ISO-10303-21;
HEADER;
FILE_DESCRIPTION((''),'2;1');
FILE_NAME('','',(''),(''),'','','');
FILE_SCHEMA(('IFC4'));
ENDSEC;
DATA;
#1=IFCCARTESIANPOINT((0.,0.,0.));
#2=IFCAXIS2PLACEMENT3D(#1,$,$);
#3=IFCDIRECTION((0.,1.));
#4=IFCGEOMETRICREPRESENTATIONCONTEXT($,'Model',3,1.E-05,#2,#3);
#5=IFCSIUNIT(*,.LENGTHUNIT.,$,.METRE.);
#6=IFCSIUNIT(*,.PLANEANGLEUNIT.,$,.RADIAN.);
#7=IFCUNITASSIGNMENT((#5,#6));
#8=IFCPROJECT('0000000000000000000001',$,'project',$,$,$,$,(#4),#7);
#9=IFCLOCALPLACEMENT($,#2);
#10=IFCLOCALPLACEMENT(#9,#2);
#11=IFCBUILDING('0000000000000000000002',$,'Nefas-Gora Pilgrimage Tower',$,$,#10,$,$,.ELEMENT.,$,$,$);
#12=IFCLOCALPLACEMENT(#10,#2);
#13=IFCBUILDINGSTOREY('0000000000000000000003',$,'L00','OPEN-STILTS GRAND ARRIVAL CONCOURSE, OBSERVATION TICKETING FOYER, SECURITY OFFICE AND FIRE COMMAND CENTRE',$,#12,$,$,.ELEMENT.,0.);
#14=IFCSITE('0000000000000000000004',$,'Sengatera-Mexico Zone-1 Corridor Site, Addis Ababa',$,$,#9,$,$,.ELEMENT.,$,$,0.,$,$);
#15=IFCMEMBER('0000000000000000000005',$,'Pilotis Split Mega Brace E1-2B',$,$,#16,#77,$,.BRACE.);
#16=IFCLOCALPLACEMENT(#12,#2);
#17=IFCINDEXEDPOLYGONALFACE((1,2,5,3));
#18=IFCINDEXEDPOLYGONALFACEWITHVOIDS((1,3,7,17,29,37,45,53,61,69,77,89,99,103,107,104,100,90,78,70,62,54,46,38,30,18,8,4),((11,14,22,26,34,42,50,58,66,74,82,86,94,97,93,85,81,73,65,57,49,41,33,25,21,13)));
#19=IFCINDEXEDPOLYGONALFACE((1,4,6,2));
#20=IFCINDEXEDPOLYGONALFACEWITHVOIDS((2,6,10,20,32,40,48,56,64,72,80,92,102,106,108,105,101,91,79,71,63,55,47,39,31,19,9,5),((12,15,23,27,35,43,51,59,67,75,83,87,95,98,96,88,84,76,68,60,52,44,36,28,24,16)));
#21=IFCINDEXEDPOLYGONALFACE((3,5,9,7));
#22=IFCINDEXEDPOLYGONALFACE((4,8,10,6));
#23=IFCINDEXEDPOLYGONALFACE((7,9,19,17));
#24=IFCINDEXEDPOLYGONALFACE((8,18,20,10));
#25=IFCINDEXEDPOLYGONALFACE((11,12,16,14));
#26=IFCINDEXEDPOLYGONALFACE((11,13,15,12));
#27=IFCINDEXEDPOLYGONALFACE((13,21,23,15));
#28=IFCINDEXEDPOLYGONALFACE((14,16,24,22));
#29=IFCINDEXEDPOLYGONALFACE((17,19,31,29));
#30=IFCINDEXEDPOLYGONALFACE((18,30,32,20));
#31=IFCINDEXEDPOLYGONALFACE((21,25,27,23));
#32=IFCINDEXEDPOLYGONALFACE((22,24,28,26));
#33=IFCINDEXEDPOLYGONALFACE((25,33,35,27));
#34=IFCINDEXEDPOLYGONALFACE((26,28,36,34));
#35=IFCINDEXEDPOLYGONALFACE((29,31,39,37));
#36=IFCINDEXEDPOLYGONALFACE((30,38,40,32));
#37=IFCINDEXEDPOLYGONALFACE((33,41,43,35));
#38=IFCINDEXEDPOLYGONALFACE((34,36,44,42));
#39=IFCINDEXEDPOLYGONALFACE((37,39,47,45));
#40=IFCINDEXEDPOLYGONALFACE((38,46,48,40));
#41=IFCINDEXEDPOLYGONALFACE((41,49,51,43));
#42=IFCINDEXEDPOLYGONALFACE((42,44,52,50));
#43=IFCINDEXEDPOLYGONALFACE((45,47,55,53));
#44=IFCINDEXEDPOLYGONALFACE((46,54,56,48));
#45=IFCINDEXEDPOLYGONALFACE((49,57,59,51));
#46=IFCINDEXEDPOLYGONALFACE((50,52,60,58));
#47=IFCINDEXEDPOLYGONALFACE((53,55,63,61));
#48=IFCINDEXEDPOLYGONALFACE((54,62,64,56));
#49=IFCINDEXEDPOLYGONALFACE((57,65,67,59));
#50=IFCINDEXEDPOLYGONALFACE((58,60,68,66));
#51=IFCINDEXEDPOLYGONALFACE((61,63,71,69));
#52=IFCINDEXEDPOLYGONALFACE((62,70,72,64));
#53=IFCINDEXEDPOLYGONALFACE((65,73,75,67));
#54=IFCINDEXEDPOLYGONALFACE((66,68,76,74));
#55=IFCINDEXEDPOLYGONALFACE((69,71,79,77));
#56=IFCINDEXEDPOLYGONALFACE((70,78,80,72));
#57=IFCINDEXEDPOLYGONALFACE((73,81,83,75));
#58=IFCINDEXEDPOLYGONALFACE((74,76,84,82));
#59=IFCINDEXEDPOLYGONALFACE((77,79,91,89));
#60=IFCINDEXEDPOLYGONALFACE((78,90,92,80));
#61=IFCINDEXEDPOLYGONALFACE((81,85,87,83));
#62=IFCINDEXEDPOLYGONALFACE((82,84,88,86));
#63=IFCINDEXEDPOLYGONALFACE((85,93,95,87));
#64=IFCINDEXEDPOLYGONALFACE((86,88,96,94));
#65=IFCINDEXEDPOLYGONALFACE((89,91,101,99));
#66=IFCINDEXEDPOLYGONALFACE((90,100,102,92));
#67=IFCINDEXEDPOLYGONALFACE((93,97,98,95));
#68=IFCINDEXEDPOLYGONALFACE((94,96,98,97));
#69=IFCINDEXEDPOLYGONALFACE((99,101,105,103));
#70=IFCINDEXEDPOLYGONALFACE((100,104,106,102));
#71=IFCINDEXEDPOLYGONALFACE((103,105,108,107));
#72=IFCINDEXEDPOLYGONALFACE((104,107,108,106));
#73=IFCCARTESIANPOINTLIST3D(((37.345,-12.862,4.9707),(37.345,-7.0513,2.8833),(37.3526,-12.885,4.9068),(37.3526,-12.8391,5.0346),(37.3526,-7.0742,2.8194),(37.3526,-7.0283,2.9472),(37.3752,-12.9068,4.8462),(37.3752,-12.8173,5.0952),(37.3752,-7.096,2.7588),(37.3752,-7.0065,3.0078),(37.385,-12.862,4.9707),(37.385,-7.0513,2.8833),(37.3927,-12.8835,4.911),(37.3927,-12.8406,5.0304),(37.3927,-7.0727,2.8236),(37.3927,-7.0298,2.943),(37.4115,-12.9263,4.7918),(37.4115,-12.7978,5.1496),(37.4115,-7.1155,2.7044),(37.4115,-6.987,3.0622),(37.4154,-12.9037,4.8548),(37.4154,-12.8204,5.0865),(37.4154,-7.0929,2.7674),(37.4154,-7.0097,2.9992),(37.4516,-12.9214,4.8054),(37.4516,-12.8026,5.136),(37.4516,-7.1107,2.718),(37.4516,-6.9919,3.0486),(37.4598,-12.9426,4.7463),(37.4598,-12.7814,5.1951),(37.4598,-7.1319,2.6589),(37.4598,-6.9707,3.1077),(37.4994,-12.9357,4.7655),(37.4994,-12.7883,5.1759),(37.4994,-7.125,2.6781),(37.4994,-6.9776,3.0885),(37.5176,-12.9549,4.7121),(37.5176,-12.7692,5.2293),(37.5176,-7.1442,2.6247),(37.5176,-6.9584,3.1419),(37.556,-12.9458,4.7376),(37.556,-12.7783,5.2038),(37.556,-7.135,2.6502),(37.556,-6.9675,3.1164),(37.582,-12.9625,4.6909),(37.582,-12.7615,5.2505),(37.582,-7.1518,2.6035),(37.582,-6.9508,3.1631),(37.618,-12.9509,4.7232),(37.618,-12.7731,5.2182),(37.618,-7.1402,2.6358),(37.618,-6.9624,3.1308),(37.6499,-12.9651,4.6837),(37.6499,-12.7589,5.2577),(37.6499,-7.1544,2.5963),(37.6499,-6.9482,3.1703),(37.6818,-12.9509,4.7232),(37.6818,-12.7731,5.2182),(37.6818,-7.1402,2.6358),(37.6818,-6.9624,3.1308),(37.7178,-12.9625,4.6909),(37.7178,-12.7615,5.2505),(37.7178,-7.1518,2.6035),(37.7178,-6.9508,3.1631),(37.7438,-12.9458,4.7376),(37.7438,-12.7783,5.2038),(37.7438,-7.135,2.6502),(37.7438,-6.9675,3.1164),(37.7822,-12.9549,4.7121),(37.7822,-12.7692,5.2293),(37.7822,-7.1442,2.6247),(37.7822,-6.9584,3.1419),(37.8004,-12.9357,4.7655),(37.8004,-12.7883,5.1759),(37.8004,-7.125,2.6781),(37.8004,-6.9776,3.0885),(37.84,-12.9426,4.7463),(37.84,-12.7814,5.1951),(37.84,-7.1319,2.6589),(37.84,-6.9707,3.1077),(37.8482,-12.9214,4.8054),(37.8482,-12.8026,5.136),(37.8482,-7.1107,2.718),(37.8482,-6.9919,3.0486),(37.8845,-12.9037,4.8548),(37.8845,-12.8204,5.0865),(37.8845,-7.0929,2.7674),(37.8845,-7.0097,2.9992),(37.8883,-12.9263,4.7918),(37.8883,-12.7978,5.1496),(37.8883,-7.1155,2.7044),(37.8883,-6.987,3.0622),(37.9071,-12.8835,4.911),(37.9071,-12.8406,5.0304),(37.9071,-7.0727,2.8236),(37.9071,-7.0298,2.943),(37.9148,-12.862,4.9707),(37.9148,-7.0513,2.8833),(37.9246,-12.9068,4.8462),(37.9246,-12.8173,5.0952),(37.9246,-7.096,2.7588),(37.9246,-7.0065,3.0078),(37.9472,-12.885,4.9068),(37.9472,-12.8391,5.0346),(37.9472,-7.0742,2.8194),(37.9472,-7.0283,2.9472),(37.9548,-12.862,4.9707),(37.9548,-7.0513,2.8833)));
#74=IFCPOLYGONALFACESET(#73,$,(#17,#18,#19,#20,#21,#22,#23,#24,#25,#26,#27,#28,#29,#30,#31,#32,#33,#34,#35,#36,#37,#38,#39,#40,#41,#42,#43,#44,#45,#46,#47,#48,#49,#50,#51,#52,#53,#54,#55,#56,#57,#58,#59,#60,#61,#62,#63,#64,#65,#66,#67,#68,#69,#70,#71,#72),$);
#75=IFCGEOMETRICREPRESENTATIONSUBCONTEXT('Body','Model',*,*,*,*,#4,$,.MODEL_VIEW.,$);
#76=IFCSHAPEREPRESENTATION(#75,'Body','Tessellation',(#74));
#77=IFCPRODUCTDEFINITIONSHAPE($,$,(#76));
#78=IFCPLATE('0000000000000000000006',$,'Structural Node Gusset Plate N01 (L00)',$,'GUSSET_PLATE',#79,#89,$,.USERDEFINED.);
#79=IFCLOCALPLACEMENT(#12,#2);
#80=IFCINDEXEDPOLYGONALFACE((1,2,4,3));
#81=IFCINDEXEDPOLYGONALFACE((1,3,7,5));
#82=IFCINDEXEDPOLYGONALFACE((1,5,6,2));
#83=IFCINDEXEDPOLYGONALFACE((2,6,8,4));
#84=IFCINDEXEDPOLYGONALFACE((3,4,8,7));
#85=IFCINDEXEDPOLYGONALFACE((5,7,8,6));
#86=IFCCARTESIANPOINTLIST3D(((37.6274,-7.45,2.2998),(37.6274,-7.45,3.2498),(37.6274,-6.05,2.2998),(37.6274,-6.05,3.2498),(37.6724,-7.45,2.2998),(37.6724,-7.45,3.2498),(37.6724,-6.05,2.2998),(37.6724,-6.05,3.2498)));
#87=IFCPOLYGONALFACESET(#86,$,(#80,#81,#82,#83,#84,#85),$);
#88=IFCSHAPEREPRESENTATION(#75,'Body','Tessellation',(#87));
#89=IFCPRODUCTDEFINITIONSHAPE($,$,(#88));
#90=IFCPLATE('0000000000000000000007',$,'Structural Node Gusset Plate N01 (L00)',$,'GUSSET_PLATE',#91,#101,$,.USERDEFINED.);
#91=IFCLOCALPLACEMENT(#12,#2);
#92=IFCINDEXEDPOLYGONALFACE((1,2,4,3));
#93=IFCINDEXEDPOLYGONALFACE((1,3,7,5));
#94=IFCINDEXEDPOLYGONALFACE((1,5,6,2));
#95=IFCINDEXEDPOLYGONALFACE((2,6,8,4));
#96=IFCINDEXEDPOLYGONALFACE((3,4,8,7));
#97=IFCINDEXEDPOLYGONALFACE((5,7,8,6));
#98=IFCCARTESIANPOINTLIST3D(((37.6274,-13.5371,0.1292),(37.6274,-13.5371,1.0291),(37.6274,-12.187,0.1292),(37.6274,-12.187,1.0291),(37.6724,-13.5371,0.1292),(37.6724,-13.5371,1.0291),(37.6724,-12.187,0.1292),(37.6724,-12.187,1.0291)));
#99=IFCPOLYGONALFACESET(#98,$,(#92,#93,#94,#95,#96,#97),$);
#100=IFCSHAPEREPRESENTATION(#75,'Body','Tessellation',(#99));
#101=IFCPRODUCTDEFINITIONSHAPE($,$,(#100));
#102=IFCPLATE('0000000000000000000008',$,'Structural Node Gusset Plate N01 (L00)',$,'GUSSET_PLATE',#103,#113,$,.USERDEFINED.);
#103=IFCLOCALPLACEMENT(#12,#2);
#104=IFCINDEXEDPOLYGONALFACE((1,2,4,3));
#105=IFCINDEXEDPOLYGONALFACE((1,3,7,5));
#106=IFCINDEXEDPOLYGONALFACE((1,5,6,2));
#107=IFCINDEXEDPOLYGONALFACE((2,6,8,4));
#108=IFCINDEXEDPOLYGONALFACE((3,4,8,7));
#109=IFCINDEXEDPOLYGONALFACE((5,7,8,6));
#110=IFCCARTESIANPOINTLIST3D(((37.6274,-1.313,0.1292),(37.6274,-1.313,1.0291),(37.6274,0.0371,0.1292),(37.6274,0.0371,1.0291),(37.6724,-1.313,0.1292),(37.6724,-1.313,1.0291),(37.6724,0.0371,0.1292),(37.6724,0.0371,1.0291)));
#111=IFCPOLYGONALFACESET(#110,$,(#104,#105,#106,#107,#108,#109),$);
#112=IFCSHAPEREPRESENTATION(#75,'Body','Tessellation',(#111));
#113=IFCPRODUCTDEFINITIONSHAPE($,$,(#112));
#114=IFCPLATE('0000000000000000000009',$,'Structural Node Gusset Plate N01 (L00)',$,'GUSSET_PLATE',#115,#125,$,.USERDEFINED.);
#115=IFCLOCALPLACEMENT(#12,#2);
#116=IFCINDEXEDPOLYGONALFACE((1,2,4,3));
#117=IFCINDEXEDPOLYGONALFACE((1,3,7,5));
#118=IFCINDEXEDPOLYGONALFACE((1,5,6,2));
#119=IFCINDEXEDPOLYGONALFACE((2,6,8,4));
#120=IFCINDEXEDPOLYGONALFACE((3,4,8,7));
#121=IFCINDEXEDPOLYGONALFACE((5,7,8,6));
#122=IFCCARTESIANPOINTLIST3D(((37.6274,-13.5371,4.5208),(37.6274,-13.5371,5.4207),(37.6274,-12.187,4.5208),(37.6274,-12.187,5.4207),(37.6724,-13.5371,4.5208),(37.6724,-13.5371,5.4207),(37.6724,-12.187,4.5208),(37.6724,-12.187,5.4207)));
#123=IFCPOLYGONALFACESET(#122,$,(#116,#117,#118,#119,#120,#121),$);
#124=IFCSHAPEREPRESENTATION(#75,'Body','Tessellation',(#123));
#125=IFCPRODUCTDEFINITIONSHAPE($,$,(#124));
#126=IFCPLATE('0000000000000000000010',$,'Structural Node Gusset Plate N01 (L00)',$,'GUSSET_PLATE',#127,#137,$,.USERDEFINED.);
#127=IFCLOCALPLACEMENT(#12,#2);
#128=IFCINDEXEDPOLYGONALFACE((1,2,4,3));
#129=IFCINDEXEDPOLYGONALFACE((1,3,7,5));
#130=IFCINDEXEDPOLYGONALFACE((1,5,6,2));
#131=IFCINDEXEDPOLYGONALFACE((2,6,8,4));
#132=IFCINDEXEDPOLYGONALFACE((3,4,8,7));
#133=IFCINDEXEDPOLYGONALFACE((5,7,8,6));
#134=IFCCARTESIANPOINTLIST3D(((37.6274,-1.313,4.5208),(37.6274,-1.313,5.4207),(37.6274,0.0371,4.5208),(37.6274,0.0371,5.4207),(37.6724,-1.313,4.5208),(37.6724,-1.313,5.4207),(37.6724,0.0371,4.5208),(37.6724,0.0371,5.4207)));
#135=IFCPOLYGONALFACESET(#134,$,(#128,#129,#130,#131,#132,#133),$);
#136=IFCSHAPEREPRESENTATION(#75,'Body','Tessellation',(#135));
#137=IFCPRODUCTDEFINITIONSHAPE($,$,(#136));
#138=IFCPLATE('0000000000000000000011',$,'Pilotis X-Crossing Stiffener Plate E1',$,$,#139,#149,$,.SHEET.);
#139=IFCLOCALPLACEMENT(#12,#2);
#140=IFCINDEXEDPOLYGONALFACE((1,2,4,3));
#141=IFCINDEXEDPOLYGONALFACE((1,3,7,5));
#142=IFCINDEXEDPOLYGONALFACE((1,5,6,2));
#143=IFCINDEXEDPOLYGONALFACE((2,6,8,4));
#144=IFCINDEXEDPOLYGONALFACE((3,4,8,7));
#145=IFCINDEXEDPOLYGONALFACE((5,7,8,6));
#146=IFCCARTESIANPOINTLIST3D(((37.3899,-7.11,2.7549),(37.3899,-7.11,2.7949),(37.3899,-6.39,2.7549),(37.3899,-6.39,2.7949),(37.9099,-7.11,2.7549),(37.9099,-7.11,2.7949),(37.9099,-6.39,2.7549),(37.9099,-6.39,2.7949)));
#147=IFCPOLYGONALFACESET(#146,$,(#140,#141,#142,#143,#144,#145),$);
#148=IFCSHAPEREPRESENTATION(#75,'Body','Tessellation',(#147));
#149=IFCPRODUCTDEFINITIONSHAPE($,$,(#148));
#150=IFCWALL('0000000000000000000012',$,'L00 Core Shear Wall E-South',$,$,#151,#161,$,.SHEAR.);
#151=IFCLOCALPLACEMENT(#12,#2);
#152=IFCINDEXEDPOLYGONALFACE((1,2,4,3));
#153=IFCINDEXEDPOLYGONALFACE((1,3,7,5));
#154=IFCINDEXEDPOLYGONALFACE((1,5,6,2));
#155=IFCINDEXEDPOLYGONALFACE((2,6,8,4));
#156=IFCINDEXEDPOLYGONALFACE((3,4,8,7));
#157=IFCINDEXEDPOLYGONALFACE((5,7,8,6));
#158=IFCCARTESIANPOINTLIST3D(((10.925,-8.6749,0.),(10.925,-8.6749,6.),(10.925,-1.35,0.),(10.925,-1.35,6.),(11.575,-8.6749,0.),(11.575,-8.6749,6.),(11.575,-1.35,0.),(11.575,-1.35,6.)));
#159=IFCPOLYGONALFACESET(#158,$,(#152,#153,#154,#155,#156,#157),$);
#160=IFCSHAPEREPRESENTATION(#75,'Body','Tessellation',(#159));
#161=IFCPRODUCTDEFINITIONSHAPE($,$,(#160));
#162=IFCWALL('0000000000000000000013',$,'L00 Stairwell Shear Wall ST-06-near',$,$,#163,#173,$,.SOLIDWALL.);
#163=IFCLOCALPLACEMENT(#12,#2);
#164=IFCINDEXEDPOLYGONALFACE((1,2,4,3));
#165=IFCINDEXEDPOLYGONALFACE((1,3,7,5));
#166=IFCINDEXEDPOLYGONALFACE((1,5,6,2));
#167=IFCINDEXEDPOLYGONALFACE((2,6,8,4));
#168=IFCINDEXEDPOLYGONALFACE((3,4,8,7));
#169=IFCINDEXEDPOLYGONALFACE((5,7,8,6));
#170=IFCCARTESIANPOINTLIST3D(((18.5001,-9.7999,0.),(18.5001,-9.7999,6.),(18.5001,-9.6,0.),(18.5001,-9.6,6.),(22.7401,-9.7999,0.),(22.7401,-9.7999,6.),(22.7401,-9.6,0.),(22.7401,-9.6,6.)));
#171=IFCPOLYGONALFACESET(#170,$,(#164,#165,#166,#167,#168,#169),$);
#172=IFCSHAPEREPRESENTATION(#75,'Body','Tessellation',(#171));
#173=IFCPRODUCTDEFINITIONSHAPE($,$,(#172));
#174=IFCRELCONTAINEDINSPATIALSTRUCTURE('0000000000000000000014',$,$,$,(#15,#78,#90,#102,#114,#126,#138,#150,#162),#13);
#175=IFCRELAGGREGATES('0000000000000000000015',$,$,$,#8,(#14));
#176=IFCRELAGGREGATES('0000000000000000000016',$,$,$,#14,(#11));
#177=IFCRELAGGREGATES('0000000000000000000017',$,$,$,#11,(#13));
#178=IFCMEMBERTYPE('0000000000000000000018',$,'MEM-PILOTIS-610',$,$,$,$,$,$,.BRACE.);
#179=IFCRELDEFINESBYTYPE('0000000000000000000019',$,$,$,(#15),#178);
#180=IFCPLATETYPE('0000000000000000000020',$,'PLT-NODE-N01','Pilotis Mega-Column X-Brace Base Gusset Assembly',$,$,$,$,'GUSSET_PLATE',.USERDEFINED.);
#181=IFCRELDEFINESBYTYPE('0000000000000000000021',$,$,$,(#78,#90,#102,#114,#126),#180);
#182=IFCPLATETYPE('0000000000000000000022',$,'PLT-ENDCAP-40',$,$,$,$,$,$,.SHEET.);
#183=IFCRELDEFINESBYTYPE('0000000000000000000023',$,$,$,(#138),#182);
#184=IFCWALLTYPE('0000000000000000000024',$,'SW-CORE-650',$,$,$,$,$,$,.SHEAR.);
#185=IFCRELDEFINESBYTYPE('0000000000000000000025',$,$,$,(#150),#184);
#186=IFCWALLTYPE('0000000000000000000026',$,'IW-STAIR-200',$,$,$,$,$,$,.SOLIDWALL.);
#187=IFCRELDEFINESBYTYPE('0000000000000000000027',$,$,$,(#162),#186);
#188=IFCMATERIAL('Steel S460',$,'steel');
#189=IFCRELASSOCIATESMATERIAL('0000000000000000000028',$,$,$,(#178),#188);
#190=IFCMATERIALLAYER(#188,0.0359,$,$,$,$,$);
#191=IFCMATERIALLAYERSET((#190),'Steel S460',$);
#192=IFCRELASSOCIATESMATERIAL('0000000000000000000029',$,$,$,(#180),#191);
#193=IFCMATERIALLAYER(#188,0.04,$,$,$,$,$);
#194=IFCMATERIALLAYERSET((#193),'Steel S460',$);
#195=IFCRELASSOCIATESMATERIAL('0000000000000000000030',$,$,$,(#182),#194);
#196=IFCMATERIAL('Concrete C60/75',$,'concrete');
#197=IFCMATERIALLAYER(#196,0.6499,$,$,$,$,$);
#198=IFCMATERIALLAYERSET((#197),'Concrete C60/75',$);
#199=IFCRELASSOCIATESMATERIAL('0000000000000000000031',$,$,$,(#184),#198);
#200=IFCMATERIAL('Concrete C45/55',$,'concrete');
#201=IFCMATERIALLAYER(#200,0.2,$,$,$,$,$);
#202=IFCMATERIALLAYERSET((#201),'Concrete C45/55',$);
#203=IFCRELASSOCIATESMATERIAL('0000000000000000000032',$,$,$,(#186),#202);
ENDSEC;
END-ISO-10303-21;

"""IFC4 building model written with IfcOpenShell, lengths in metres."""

from ifc_helpers import new_model, si_unit, direction, frame, frame_2d, origin, origin_2d, place, context, subcontext, project, spatial, rectangle, hollow_circle, extrude, source, transform, mapped, material, layer, layer_set, material_profile, profile_set, type_object, element, save


model = new_model("IFC4")

# Units and contexts
model_context = context("Model", 3, precision=1e-05, world=origin(), true_north=direction((0.0, 1.0)))
body_context = subcontext(model_context, "Body", "Model", "MODEL_VIEW")
ifc_project = project(units=[si_unit("LENGTHUNIT", "METRE"), si_unit("PLANEANGLEUNIT", "RADIAN")], contexts=[model_context])

# Site, building, storey
site_placement = place(None, origin())
site = spatial("IfcSite", under=ifc_project, at=site_placement, Name="Sengatera-Mexico Zone-1 Corridor Site, Addis Ababa", CompositionType="ELEMENT", RefElevation=0.0)
building_placement = place(site_placement, origin())
building = spatial("IfcBuilding", under=site, at=building_placement, Name="Nefas-Gora Pilgrimage Tower", CompositionType="ELEMENT")
storey_placement = place(building_placement, origin())
storey = spatial("IfcBuildingStorey", under=building, at=storey_placement, Name="L00", Description="OPEN-STILTS GRAND ARRIVAL CONCOURSE, OBSERVATION TICKETING FOYER, SECURITY OFFICE AND FIRE COMMAND CENTRE", CompositionType="ELEMENT", Elevation=0.0)

# Shared definitions
ifc_material_1 = material(Name="Steel S460", Category="steel")

# Shared definitions
ifc_material_2 = material(Name="Concrete C60/75", Category="concrete")

# Member
ifc_material_profile_1 = material_profile(ifc_material_1, hollow_circle(Radius=0.3049, WallThickness=0.04, at=origin_2d()), Name="CHS 610x40")
ifc_profile_set_1 = profile_set([ifc_material_profile_1], Name="Steel S460")
member_type = type_object("IfcMemberType", Name="MEM-PILOTIS-610", PredefinedType="BRACE", material=ifc_profile_set_1)
shared_shape_1 = source(origin(), body_context, "Body", "SweptSolid", [
    extrude(hollow_circle(Radius=0.3049, WallThickness=0.04, at=origin_2d()), origin(), (0.0, 0.0, 1.0), 6.1743),
])
for number, where, z_axis, x_axis, name in (
    (1, (37.6499, -7.0513, 2.8833), (0.0, -0.941119, 0.338077), (1.0, 0.0, 0.0), "Pilotis Split Mega Brace E1-2B"),
):
    element("IfcMember", number, at=place(storey_placement, frame(where, z_axis=z_axis, x_axis=x_axis)), inside=storey, type_object=member_type, Name=name, PredefinedType="BRACE", context=body_context, shape_type="MappedRepresentation", body=[
        mapped(shared_shape_1, transform((0.0, 0.0, 0.0), x_axis=(1.0, 0.0, 0.0), y_axis=(0.0, 1.0, 0.0), z_axis=(0.0, 0.0, 1.0), scale=1.0)),
    ])

# Plates
ifc_layer_1 = layer(ifc_material_1, 0.0359)
ifc_layer_set_1 = layer_set([ifc_layer_1], Name="Steel S460")
plate_type_1 = type_object("IfcPlateType", Name="PLT-NODE-N01", Description="Pilotis Mega-Column X-Brace Base Gusset Assembly", ElementType="GUSSET_PLATE", PredefinedType="USERDEFINED", material=ifc_layer_set_1)
shared_shape_2 = source(origin(), body_context, "Body", "SweptSolid", [
    extrude(rectangle(XDim=1.3999, YDim=0.0449, at=origin_2d()), origin(), (0.0, 0.0, 1.0), 0.95),
])
plate_1_placement = place(storey_placement, frame((37.6499, -6.75, 2.2998), z_axis=(0.0, 0.0, 1.0), x_axis=(0.0, 1.0, 0.0)))
element("IfcPlate", 2, at=plate_1_placement, inside=storey, type_object=plate_type_1, Name="Structural Node Gusset Plate N01 (L00)", ObjectType="GUSSET_PLATE", PredefinedType="USERDEFINED", context=body_context, shape_type="MappedRepresentation", body=[
    mapped(shared_shape_2, transform((0.0, 0.0, 0.0), x_axis=(1.0, 0.0, 0.0), y_axis=(0.0, 1.0, 0.0), z_axis=(0.0, 0.0, 1.0), scale=1.0)),
])
shared_shape_3 = source(origin(), body_context, "Body", "SweptSolid", [
    extrude(rectangle(XDim=1.3501, YDim=0.0449, at=origin_2d()), origin(), (0.0, 0.0, 1.0), 0.8999),
])
for number, where, z_axis, x_axis, name in (
    (3, (37.6499, -12.8621, 0.1292), (0.0, 0.0, 1.0), (0.0, 1.0, 0.0), "Structural Node Gusset Plate N01 (L00)"),
    (4, (37.6499, -0.6379, 0.1292), (0.0, 0.0, 1.0), (0.0, 1.0, 0.0), "Structural Node Gusset Plate N01 (L00)"),
    (5, (37.6499, -12.8621, 4.5208), (0.0, 0.0, 1.0), (0.0, 1.0, 0.0), "Structural Node Gusset Plate N01 (L00)"),
    (6, (37.6499, -0.6379, 4.5208), (0.0, 0.0, 1.0), (0.0, 1.0, 0.0), "Structural Node Gusset Plate N01 (L00)"),
):
    element("IfcPlate", number, at=place(storey_placement, frame(where, z_axis=z_axis, x_axis=x_axis)), inside=storey, type_object=plate_type_1, Name=name, ObjectType="GUSSET_PLATE", PredefinedType="USERDEFINED", context=body_context, shape_type="MappedRepresentation", body=[
        mapped(shared_shape_3, transform((0.0, 0.0, 0.0), x_axis=(1.0, 0.0, 0.0), y_axis=(0.0, 1.0, 0.0), z_axis=(0.0, 0.0, 1.0), scale=1.0)),
    ])
ifc_layer_2 = layer(ifc_material_1, 0.04)
ifc_layer_set_2 = layer_set([ifc_layer_2], Name="Steel S460")
plate_type_2 = type_object("IfcPlateType", Name="PLT-ENDCAP-40", PredefinedType="SHEET", material=ifc_layer_set_2)
shared_shape_4 = source(origin(), body_context, "Body", "SweptSolid", [
    extrude(rectangle(XDim=0.72, YDim=0.52, at=origin_2d()), origin(), (0.0, 0.0, 1.0), 0.04),
])
plate_2_placement = place(storey_placement, frame((37.6499, -6.75, 2.7549), z_axis=(0.0, 0.0, 1.0), x_axis=(0.0, 1.0, 0.0)))
element("IfcPlate", 7, at=plate_2_placement, inside=storey, type_object=plate_type_2, Name="Pilotis X-Crossing Stiffener Plate E1", PredefinedType="SHEET", context=body_context, shape_type="MappedRepresentation", body=[
    mapped(shared_shape_4, transform((0.0, 0.0, 0.0), x_axis=(1.0, 0.0, 0.0), y_axis=(0.0, 1.0, 0.0), z_axis=(0.0, 0.0, 1.0), scale=1.0)),
])

# Walls
ifc_layer_3 = layer(ifc_material_2, 0.6499)
ifc_layer_set_3 = layer_set([ifc_layer_3], Name="Concrete C60/75")
wall_type_1 = type_object("IfcWallType", Name="SW-CORE-650", PredefinedType="SHEAR", material=ifc_layer_set_3)
shared_shape_5 = source(origin(), body_context, "Body", "SweptSolid", [
    extrude(rectangle(XDim=7.325, YDim=0.6499, at=frame_2d((3.6626, 0.0))), origin(), (0.0, 0.0, 1.0), 6.0),
])
wall_1_placement = place(storey_placement, frame((11.25, -8.675, 0.0), z_axis=(0.0, 0.0, 1.0), x_axis=(0.0, 1.0, 0.0)))
element("IfcWall", 8, at=wall_1_placement, inside=storey, type_object=wall_type_1, Name="L00 Core Shear Wall E-South", PredefinedType="SHEAR", context=body_context, shape_type="MappedRepresentation", body=[
    mapped(shared_shape_5, transform((0.0, 0.0, 0.0), x_axis=(1.0, 0.0, 0.0), y_axis=(0.0, 1.0, 0.0), z_axis=(0.0, 0.0, 1.0), scale=1.0)),
])
ifc_material_3 = material(Name="Concrete C45/55", Category="concrete")
ifc_layer_4 = layer(ifc_material_3, 0.2)
ifc_layer_set_4 = layer_set([ifc_layer_4], Name="Concrete C45/55")
wall_type_2 = type_object("IfcWallType", Name="IW-STAIR-200", PredefinedType="SOLIDWALL", material=ifc_layer_set_4)
shared_shape_6 = source(origin(), body_context, "Body", "SweptSolid", [
    extrude(rectangle(XDim=4.24, YDim=0.2, at=frame_2d((2.1201, 0.0))), origin(), (0.0, 0.0, 1.0), 6.0),
])
wall_2_placement = place(storey_placement, frame((18.5, -9.7, 0.0), z_axis=(0.0, 0.0, 1.0), x_axis=(1.0, 0.0, 0.0)))
element("IfcWall", 9, at=wall_2_placement, inside=storey, type_object=wall_type_2, Name="L00 Stairwell Shear Wall ST-06-near", PredefinedType="SOLIDWALL", context=body_context, shape_type="MappedRepresentation", body=[
    mapped(shared_shape_6, transform((0.0, 0.0, 0.0), x_axis=(1.0, 0.0, 0.0), y_axis=(0.0, 1.0, 0.0), z_axis=(0.0, 0.0, 1.0), scale=1.0)),
])

save(model, "model.ifc")
